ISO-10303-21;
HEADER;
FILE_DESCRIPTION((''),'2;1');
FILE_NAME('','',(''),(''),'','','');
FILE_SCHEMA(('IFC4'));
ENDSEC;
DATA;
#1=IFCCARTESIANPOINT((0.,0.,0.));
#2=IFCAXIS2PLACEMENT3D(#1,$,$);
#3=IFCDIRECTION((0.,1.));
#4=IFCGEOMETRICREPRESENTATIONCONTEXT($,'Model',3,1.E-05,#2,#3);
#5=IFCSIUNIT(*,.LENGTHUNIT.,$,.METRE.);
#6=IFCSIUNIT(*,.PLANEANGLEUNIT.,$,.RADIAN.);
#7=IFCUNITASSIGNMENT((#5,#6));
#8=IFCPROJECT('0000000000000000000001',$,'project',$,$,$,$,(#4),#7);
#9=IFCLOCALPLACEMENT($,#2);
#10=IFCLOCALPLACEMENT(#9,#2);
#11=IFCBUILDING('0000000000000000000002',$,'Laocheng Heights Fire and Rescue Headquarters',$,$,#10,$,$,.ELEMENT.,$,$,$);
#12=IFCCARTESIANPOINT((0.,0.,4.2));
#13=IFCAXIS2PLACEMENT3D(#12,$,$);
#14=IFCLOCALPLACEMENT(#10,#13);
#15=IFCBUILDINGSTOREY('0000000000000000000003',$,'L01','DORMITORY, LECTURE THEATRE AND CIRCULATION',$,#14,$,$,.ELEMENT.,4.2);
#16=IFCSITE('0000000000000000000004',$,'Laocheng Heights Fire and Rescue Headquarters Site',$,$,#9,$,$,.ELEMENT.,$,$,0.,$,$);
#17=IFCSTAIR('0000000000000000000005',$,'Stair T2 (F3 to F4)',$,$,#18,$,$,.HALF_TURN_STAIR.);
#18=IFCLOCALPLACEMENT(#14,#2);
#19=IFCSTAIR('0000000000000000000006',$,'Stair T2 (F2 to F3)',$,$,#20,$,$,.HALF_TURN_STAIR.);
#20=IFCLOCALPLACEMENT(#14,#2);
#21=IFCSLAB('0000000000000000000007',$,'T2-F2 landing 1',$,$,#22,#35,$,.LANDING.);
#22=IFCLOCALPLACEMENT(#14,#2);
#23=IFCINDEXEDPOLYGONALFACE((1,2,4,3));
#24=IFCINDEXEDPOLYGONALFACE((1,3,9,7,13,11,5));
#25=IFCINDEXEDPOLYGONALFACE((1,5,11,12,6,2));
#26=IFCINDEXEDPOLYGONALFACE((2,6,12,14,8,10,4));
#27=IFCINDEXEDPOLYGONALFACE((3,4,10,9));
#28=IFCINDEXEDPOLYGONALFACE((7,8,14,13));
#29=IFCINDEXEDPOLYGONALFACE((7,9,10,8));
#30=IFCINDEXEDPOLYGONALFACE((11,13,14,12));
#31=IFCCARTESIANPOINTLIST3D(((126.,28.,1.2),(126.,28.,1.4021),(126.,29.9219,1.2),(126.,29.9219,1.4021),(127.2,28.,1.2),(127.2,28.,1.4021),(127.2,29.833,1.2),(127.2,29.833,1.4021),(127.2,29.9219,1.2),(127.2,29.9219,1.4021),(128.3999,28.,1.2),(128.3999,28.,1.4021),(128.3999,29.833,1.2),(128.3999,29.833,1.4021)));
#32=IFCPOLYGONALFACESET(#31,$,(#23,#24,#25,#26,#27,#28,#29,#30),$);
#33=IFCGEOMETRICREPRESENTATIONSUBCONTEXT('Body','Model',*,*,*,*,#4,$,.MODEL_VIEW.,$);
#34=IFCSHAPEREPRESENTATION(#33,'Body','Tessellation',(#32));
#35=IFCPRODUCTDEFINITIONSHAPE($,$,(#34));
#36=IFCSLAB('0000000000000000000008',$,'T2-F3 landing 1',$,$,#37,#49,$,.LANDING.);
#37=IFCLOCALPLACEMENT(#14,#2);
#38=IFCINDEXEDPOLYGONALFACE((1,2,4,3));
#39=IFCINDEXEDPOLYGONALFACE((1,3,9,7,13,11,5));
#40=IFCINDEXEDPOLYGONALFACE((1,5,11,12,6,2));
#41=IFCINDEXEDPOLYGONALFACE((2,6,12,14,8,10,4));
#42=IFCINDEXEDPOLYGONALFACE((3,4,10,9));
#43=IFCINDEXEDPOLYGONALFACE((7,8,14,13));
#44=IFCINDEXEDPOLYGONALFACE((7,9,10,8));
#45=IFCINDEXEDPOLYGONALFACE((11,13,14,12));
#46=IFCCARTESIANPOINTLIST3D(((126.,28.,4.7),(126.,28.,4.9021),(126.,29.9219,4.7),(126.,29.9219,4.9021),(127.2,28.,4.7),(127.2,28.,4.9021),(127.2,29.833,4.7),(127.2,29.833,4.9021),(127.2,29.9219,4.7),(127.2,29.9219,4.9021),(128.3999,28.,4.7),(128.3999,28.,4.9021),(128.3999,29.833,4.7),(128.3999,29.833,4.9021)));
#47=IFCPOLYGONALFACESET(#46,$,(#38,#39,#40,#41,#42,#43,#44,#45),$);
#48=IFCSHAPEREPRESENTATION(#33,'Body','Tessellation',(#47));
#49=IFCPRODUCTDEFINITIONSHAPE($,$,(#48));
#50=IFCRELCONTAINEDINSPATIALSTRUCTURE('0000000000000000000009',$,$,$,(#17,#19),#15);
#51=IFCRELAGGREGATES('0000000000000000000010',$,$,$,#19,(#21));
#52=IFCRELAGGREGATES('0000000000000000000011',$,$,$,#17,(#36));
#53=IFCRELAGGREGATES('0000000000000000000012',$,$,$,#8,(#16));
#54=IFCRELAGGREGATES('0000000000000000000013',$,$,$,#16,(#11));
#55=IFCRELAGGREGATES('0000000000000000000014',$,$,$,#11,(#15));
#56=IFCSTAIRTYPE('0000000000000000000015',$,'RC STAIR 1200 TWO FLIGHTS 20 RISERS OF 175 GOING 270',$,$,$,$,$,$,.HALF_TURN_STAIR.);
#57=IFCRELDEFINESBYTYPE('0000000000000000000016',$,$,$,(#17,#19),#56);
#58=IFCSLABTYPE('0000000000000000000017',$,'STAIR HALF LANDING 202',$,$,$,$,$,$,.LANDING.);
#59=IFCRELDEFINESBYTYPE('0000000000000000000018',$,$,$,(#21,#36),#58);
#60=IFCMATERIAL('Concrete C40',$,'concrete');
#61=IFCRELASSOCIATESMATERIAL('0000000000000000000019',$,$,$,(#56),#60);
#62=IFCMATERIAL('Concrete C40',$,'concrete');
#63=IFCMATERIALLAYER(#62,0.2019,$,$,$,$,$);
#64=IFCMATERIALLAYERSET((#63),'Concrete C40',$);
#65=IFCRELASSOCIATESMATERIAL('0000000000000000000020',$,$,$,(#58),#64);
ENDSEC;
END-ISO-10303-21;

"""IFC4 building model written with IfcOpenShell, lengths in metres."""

from ifc_helpers import new_model, si_unit, direction, frame, origin, place, context, subcontext, project, spatial, polyline, outline, extrude, material, layer, layer_set, type_object, element, aggregate, save


model = new_model("IFC4")

# Units and contexts
model_context = context("Model", 3, precision=1e-05, world=origin(), true_north=direction((0.0, 1.0)))
body_context = subcontext(model_context, "Body", "Model", "MODEL_VIEW")
ifc_project = project(units=[si_unit("LENGTHUNIT", "METRE"), si_unit("PLANEANGLEUNIT", "RADIAN")], contexts=[model_context])

# Site, building, storey
site_placement = place(None, origin())
site = spatial("IfcSite", under=ifc_project, at=site_placement, Name="Laocheng Heights Fire and Rescue Headquarters Site", CompositionType="ELEMENT", RefElevation=0.0)
building_placement = place(site_placement, origin())
building = spatial("IfcBuilding", under=site, at=building_placement, Name="Laocheng Heights Fire and Rescue Headquarters", CompositionType="ELEMENT")
storey_placement = place(building_placement, frame((0.0, 0.0, 4.2)))
storey = spatial("IfcBuildingStorey", under=building, at=storey_placement, Name="L01", Description="DORMITORY, LECTURE THEATRE AND CIRCULATION", CompositionType="ELEMENT", Elevation=4.2)

# Stair
ifc_material_1 = material(Name="Concrete C40", Category="concrete")
stair_type_1 = type_object("IfcStairType", Name="RC STAIR 1200 TWO FLIGHTS 20 RISERS OF 175 GOING 270", PredefinedType="HALF_TURN_STAIR", material=ifc_material_1)
stair_1_placement = place(storey_placement, origin())
stair_1 = element("IfcStair", 1, at=stair_1_placement, inside=storey, type_object=stair_type_1, Name="Stair T2 (F3 to F4)", PredefinedType="HALF_TURN_STAIR")
ifc_material_2 = material(Name="Concrete C40", Category="concrete")
ifc_layer_1 = layer(ifc_material_2, 0.2019)
ifc_layer_set_1 = layer_set([ifc_layer_1], Name="Concrete C40")
slab_type_1 = type_object("IfcSlabType", Name="STAIR HALF LANDING 202", PredefinedType="LANDING", material=ifc_layer_set_1)

# Stair, slab
stair_2_placement = place(storey_placement, origin())
stair_2 = element("IfcStair", 2, at=stair_2_placement, inside=storey, type_object=stair_type_1, Name="Stair T2 (F2 to F3)", PredefinedType="HALF_TURN_STAIR")
slab_1_placement = place(storey_placement, frame((0.0, 0.0, 1.2)))
slab_1 = element("IfcSlab", 3, at=slab_1_placement, type_object=slab_type_1, Name="T2-F2 landing 1", PredefinedType="LANDING", context=body_context, shape_type="SweptSolid", body=[
    extrude(outline(polyline([(128.3999, 28.0), (128.3999, 29.833), (127.2, 29.833), (127.2, 29.9219), (126.0, 29.9219), (126.0, 28.0), (127.2, 28.0), (128.3999, 28.0)])), origin(), (0.0, 0.0, 1.0), 0.2021),
])
aggregate(stair_2, [slab_1])

# Slab
slab_2_placement = place(storey_placement, frame((0.0, 0.0, 4.7)))
slab_2 = element("IfcSlab", 4, at=slab_2_placement, type_object=slab_type_1, Name="T2-F3 landing 1", PredefinedType="LANDING", context=body_context, shape_type="SweptSolid", body=[
    extrude(outline(polyline([(128.3999, 28.0), (128.3999, 29.833), (127.2, 29.833), (127.2, 29.9219), (126.0, 29.9219), (126.0, 28.0), (127.2, 28.0), (128.3999, 28.0)])), origin(), (0.0, 0.0, 1.0), 0.2021),
])
aggregate(stair_1, [slab_2])

save(model, "model.ifc")
